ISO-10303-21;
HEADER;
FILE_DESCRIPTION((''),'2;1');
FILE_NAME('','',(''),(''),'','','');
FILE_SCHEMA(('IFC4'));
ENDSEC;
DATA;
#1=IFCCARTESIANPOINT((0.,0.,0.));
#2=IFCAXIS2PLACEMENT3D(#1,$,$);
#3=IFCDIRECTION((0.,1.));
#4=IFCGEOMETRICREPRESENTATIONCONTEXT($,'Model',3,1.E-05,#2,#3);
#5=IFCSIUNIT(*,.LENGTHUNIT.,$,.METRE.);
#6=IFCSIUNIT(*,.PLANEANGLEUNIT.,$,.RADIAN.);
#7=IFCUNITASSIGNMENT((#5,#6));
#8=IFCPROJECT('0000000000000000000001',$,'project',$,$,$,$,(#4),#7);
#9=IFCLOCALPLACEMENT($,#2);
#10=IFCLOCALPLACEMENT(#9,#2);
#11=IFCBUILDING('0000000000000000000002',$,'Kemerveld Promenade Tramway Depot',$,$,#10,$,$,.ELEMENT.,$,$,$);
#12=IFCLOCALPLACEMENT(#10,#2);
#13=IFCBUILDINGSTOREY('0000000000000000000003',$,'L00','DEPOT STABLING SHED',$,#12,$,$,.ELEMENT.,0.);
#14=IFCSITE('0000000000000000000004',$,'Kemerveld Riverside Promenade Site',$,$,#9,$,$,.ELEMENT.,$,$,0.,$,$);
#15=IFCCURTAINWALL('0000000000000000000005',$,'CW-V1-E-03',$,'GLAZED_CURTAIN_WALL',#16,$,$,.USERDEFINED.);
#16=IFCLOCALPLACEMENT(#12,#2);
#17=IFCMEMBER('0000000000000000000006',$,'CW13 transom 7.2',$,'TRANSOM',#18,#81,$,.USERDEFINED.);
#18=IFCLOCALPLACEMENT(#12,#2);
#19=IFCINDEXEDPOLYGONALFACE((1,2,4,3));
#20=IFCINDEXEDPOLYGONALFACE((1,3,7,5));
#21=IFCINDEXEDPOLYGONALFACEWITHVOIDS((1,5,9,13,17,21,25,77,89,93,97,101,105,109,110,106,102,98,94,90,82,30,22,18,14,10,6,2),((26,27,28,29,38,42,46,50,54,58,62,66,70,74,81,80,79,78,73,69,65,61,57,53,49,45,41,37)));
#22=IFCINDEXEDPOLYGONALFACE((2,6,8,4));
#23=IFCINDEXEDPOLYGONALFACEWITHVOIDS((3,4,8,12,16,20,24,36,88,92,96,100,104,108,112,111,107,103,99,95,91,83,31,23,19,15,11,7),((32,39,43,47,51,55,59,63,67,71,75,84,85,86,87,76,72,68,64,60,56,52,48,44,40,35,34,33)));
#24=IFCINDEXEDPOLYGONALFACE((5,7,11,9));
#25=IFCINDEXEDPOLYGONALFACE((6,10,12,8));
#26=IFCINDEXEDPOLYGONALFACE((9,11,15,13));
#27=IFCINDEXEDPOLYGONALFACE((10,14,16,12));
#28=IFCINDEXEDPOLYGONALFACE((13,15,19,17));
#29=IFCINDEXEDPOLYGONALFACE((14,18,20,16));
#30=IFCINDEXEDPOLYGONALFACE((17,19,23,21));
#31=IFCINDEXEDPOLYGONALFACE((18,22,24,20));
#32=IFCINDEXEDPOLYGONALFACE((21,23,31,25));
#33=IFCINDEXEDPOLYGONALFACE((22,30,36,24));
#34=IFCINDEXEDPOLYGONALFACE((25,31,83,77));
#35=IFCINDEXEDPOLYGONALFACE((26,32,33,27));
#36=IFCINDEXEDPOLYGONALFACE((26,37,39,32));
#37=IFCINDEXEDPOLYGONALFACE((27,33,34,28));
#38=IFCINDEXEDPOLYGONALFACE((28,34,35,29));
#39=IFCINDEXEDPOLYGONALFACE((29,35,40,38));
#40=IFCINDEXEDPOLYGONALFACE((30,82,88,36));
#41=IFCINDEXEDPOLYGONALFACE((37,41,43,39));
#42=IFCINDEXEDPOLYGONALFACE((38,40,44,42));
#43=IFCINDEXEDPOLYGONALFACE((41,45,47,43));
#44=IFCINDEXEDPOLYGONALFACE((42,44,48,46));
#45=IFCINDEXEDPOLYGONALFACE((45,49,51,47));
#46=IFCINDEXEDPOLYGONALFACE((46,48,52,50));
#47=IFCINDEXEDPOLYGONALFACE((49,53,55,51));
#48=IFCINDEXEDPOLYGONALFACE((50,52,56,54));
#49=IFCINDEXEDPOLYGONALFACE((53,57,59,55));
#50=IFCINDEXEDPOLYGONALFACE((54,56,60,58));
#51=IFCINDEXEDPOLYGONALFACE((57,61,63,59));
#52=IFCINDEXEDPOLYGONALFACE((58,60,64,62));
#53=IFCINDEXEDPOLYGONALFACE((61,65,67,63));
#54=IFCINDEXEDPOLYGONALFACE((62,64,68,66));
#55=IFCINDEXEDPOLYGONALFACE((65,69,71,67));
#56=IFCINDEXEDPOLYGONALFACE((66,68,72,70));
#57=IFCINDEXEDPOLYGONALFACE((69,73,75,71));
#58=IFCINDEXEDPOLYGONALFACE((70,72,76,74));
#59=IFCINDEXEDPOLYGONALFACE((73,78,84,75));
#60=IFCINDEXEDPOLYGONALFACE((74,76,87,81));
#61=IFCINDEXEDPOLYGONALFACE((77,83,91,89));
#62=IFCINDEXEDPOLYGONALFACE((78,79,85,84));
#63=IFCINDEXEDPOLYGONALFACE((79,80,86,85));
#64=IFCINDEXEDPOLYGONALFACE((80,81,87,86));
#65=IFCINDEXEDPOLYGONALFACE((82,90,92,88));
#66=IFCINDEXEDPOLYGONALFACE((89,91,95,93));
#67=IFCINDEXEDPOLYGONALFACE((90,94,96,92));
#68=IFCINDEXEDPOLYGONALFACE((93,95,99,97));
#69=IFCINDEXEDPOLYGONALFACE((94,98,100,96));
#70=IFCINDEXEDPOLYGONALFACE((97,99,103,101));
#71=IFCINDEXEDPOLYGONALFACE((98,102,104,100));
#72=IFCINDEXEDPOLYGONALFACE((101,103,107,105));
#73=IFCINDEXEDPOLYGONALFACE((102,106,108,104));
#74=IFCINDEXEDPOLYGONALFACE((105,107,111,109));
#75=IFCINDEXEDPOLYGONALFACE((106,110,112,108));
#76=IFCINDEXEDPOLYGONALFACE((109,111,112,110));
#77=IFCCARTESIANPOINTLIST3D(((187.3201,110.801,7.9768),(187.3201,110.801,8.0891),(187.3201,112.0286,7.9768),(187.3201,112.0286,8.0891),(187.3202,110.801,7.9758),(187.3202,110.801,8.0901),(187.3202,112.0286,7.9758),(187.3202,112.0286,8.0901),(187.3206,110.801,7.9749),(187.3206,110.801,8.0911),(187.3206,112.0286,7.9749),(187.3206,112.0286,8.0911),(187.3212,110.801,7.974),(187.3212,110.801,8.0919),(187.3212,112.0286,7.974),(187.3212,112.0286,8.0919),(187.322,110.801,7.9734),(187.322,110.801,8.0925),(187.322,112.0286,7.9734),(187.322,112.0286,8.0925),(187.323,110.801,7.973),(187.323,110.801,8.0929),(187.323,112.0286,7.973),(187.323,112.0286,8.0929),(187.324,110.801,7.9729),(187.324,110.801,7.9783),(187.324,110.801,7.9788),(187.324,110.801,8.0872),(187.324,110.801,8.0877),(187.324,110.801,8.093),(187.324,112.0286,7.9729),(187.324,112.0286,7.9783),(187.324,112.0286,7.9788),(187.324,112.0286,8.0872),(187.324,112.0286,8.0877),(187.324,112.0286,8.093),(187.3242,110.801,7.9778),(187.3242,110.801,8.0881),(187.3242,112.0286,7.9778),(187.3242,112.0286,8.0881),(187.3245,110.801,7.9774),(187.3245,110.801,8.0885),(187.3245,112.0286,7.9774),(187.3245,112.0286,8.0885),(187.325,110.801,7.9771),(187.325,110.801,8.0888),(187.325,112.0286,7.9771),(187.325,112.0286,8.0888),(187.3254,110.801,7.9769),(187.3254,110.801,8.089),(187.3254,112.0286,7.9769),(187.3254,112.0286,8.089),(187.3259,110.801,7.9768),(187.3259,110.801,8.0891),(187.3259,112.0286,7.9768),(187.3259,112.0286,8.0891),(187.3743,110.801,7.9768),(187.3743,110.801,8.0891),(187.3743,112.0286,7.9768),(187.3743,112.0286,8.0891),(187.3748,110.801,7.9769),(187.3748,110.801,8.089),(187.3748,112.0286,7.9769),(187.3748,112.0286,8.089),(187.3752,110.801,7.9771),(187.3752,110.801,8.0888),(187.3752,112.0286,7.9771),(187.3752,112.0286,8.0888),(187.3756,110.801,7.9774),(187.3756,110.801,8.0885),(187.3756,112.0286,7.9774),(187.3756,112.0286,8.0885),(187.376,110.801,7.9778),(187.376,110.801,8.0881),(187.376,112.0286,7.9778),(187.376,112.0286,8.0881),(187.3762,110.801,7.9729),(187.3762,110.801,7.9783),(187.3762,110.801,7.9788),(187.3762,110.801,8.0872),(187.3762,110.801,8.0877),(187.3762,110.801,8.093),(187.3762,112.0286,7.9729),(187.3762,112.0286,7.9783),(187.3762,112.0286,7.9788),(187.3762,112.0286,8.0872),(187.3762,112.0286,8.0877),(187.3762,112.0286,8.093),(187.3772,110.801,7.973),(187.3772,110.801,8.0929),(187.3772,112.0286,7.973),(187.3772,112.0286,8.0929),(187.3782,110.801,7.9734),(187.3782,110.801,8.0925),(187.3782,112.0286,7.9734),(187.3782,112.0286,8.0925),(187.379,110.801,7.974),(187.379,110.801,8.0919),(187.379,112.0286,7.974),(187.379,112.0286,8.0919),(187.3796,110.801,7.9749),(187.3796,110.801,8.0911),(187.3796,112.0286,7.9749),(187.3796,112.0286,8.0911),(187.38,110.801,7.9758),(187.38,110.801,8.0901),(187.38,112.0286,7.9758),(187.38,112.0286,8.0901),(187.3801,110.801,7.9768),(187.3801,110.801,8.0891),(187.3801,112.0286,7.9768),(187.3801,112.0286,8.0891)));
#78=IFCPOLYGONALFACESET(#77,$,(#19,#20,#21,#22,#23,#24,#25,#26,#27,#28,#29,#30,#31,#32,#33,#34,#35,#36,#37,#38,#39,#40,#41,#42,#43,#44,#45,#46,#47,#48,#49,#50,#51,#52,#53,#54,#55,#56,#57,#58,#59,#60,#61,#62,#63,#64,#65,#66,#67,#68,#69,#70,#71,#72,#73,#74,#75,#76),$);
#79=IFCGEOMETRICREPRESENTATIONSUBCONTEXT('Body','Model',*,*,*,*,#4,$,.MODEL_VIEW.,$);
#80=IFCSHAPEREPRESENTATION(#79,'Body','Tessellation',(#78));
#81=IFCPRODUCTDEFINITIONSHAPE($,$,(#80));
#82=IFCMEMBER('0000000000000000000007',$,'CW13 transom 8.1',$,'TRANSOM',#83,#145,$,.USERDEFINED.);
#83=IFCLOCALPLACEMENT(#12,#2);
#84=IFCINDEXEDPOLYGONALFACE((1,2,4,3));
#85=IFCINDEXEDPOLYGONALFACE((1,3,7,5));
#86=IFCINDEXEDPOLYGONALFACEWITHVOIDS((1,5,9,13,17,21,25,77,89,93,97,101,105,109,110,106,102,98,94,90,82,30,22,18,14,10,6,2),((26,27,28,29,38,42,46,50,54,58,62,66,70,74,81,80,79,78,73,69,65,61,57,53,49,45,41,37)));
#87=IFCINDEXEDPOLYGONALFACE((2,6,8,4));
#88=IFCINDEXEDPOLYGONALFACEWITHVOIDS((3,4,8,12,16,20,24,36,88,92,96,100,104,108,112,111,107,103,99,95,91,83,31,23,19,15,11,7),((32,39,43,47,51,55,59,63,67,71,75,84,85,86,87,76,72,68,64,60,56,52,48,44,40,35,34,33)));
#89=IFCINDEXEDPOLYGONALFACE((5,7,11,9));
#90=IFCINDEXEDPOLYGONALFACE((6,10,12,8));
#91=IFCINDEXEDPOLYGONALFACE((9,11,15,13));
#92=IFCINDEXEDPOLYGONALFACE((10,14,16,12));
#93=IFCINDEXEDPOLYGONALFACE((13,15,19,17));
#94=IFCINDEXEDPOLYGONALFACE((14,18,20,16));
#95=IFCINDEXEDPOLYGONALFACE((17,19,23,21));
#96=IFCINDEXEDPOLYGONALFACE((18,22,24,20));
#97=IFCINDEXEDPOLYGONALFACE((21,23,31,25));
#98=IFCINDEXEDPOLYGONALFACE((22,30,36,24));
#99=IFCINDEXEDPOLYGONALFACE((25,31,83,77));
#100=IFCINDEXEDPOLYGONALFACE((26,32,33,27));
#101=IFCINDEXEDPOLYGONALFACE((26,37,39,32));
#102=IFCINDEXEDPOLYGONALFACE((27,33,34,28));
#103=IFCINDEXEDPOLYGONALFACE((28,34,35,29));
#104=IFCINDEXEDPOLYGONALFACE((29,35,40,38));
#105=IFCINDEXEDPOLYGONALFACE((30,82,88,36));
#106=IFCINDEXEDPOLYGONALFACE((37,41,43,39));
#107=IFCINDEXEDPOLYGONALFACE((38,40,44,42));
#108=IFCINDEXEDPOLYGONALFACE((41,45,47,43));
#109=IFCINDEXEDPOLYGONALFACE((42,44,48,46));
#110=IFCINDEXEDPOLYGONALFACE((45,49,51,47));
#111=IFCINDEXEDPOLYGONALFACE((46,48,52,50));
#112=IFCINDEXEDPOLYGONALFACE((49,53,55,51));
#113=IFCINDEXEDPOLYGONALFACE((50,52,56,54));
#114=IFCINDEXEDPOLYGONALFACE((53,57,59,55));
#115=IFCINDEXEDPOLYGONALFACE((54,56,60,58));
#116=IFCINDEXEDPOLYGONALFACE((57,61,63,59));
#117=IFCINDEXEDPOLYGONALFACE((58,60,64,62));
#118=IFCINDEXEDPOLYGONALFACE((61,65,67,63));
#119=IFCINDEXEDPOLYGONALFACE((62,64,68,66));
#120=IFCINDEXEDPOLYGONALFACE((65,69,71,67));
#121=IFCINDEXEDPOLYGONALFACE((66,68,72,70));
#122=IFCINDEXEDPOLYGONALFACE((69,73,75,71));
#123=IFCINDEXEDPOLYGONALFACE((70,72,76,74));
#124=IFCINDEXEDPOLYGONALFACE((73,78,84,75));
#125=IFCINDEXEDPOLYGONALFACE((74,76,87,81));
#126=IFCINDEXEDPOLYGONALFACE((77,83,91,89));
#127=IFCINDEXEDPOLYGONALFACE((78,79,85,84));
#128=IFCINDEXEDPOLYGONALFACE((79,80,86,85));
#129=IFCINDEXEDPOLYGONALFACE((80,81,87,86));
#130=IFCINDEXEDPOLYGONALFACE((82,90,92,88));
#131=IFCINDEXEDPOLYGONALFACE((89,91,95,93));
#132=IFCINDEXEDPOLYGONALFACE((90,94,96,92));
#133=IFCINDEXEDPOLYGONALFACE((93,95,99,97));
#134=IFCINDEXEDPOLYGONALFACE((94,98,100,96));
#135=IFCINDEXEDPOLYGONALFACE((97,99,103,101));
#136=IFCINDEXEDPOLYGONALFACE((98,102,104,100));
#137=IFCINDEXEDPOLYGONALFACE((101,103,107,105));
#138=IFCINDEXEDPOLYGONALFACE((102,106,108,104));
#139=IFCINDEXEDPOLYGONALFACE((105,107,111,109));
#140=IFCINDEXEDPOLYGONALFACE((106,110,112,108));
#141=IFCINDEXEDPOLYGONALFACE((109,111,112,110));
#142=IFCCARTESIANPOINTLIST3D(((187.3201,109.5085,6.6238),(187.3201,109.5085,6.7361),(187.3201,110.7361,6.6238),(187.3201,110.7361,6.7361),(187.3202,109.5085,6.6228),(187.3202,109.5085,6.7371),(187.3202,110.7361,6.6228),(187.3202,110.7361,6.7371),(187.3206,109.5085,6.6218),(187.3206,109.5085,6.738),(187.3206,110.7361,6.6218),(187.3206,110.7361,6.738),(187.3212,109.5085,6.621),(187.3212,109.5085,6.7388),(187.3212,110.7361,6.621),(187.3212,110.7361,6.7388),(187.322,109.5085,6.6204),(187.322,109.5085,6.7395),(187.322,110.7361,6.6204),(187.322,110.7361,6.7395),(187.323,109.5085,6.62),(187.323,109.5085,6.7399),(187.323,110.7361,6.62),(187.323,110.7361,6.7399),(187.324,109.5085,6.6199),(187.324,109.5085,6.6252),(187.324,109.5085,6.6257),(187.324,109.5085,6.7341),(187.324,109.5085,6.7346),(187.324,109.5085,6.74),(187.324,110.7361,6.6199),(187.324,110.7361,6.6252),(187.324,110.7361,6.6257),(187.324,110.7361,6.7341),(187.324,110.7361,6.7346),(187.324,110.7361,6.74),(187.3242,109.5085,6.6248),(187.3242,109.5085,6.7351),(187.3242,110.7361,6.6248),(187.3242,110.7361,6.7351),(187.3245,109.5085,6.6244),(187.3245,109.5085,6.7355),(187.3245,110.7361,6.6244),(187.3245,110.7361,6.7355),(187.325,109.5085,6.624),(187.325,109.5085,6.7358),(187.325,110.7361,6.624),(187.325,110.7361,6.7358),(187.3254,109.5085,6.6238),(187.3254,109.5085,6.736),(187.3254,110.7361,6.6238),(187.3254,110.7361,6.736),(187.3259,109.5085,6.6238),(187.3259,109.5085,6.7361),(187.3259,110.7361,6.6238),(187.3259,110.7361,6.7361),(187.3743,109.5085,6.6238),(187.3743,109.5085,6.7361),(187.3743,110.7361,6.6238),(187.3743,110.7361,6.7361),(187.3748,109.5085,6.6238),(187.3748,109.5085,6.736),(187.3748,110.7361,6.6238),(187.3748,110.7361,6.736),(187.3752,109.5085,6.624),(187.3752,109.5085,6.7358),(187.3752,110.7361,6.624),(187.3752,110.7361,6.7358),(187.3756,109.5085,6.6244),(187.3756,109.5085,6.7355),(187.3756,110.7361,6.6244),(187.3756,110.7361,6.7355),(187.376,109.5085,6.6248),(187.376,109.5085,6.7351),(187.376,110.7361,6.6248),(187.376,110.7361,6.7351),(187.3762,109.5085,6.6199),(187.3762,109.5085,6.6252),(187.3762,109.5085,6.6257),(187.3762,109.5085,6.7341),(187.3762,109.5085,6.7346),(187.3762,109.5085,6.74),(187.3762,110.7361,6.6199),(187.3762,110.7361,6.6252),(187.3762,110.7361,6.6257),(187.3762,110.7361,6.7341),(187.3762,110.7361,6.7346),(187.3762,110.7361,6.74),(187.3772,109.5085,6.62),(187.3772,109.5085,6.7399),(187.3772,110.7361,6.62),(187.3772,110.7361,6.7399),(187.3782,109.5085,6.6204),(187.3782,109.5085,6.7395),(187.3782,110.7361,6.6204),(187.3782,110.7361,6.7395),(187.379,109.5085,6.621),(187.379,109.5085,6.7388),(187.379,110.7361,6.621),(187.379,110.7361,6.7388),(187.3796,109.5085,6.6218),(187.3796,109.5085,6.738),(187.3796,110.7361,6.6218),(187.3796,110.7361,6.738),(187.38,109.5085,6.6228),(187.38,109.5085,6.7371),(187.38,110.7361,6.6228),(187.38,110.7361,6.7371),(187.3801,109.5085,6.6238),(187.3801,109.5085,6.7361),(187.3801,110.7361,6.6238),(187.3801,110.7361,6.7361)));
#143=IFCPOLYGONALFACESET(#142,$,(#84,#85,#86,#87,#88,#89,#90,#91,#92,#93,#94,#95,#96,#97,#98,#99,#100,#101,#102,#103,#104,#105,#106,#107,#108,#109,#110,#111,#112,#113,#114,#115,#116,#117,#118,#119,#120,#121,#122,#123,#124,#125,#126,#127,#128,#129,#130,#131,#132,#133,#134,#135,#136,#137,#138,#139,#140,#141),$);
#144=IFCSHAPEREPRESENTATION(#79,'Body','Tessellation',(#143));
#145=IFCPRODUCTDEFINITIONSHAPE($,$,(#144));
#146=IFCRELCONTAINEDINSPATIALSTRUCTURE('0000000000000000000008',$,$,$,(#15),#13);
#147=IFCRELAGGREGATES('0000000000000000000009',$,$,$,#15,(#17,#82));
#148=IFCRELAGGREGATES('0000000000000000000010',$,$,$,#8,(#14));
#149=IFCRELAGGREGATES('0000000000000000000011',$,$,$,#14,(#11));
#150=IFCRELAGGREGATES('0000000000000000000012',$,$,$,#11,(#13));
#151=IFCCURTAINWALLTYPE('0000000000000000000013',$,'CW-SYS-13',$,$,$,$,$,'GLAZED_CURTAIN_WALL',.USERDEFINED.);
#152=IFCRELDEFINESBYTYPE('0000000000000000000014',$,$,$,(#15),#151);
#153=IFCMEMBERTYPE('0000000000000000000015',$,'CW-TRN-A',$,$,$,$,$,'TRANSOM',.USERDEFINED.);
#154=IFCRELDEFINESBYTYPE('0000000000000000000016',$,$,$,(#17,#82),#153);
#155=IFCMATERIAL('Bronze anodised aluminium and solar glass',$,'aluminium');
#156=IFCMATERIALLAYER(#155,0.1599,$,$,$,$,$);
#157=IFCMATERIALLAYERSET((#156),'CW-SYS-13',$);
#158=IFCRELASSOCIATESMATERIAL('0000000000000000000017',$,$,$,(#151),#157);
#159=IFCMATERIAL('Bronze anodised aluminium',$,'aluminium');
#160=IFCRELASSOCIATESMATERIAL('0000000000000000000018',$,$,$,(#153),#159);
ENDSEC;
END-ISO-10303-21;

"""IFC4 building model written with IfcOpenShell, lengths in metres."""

from ifc_helpers import new_model, si_unit, direction, frame, origin, origin_2d, place, context, subcontext, project, spatial, hollow_rectangle, extrude, material, layer, layer_set, material_profile, profile_set, type_object, element, aggregate, save


model = new_model("IFC4")

# Units and contexts
model_context = context("Model", 3, precision=1e-05, world=origin(), true_north=direction((0.0, 1.0)))
body_context = subcontext(model_context, "Body", "Model", "MODEL_VIEW")
ifc_project = project(units=[si_unit("LENGTHUNIT", "METRE"), si_unit("PLANEANGLEUNIT", "RADIAN")], contexts=[model_context])

# Site, building, storey
site_placement = place(None, origin())
site = spatial("IfcSite", under=ifc_project, at=site_placement, Name="Kemerveld Riverside Promenade Site", CompositionType="ELEMENT", RefElevation=0.0)
building_placement = place(site_placement, origin())
building = spatial("IfcBuilding", under=site, at=building_placement, Name="Kemerveld Promenade Tramway Depot", CompositionType="ELEMENT")
storey_placement = place(building_placement, origin())
storey = spatial("IfcBuildingStorey", under=building, at=storey_placement, Name="L00", Description="DEPOT STABLING SHED", CompositionType="ELEMENT", Elevation=0.0)

# Curtain wall
ifc_material_1 = material(Name="Bronze anodised aluminium and solar glass", Category="aluminium")
ifc_layer_1 = layer(ifc_material_1, 0.1599)
ifc_layer_set_1 = layer_set([ifc_layer_1], Name="CW-SYS-13")
curtain_wall_type_1 = type_object("IfcCurtainWallType", Name="CW-SYS-13", ElementType="GLAZED_CURTAIN_WALL", PredefinedType="USERDEFINED", material=ifc_layer_set_1)
curtain_wall_1_placement = place(storey_placement, origin())
curtain_wall_1 = element("IfcCurtainWall", 1, at=curtain_wall_1_placement, inside=storey, type_object=curtain_wall_type_1, Name="CW-V1-E-03", ObjectType="GLAZED_CURTAIN_WALL", PredefinedType="USERDEFINED")
ifc_material_2 = material(Name="Bronze anodised aluminium", Category="aluminium")

# Members
ifc_material_profile_1 = material_profile(ifc_material_2, hollow_rectangle(XDim=0.0601, YDim=0.1201, WallThickness=0.0039, InnerFilletRadius=0.002, OuterFilletRadius=0.0039, at=origin_2d()), Name="CW-TRN-120x60")
ifc_profile_set_1 = profile_set([ifc_material_profile_1], Name="Bronze anodised aluminium")
member_type_1 = type_object("IfcMemberType", Name="CW-TRN-A", ElementType="TRANSOM", PredefinedType="USERDEFINED", material=ifc_profile_set_1)
member_1_placement = place(storey_placement, frame((187.3501, 112.0286, 8.033), z_axis=(0.0, -1.0, 0.0), x_axis=(1.0, 0.0, 0.0)))
member_1 = element("IfcMember", 2, at=member_1_placement, type_object=member_type_1, Name="CW13 transom 7.2", ObjectType="TRANSOM", PredefinedType="USERDEFINED", context=body_context, shape_type="SweptSolid", body=[
    extrude(hollow_rectangle(XDim=0.0601, YDim=0.1201, WallThickness=0.0039, InnerFilletRadius=0.002, OuterFilletRadius=0.0039, at=origin_2d()), origin(), (0.0, 0.0, 1.0), 1.2275),
])
member_2_placement = place(storey_placement, frame((187.3501, 110.7361, 6.6799), z_axis=(0.0, -1.0, 0.0), x_axis=(1.0, 0.0, 0.0)))
member_2 = element("IfcMember", 3, at=member_2_placement, type_object=member_type_1, Name="CW13 transom 8.1", ObjectType="TRANSOM", PredefinedType="USERDEFINED", context=body_context, shape_type="SweptSolid", body=[
    extrude(hollow_rectangle(XDim=0.0601, YDim=0.1201, WallThickness=0.0039, InnerFilletRadius=0.002, OuterFilletRadius=0.0039, at=origin_2d()), origin(), (0.0, 0.0, 1.0), 1.2275),
])

aggregate(curtain_wall_1, [member_1, member_2])

save(model, "model.ifc")
